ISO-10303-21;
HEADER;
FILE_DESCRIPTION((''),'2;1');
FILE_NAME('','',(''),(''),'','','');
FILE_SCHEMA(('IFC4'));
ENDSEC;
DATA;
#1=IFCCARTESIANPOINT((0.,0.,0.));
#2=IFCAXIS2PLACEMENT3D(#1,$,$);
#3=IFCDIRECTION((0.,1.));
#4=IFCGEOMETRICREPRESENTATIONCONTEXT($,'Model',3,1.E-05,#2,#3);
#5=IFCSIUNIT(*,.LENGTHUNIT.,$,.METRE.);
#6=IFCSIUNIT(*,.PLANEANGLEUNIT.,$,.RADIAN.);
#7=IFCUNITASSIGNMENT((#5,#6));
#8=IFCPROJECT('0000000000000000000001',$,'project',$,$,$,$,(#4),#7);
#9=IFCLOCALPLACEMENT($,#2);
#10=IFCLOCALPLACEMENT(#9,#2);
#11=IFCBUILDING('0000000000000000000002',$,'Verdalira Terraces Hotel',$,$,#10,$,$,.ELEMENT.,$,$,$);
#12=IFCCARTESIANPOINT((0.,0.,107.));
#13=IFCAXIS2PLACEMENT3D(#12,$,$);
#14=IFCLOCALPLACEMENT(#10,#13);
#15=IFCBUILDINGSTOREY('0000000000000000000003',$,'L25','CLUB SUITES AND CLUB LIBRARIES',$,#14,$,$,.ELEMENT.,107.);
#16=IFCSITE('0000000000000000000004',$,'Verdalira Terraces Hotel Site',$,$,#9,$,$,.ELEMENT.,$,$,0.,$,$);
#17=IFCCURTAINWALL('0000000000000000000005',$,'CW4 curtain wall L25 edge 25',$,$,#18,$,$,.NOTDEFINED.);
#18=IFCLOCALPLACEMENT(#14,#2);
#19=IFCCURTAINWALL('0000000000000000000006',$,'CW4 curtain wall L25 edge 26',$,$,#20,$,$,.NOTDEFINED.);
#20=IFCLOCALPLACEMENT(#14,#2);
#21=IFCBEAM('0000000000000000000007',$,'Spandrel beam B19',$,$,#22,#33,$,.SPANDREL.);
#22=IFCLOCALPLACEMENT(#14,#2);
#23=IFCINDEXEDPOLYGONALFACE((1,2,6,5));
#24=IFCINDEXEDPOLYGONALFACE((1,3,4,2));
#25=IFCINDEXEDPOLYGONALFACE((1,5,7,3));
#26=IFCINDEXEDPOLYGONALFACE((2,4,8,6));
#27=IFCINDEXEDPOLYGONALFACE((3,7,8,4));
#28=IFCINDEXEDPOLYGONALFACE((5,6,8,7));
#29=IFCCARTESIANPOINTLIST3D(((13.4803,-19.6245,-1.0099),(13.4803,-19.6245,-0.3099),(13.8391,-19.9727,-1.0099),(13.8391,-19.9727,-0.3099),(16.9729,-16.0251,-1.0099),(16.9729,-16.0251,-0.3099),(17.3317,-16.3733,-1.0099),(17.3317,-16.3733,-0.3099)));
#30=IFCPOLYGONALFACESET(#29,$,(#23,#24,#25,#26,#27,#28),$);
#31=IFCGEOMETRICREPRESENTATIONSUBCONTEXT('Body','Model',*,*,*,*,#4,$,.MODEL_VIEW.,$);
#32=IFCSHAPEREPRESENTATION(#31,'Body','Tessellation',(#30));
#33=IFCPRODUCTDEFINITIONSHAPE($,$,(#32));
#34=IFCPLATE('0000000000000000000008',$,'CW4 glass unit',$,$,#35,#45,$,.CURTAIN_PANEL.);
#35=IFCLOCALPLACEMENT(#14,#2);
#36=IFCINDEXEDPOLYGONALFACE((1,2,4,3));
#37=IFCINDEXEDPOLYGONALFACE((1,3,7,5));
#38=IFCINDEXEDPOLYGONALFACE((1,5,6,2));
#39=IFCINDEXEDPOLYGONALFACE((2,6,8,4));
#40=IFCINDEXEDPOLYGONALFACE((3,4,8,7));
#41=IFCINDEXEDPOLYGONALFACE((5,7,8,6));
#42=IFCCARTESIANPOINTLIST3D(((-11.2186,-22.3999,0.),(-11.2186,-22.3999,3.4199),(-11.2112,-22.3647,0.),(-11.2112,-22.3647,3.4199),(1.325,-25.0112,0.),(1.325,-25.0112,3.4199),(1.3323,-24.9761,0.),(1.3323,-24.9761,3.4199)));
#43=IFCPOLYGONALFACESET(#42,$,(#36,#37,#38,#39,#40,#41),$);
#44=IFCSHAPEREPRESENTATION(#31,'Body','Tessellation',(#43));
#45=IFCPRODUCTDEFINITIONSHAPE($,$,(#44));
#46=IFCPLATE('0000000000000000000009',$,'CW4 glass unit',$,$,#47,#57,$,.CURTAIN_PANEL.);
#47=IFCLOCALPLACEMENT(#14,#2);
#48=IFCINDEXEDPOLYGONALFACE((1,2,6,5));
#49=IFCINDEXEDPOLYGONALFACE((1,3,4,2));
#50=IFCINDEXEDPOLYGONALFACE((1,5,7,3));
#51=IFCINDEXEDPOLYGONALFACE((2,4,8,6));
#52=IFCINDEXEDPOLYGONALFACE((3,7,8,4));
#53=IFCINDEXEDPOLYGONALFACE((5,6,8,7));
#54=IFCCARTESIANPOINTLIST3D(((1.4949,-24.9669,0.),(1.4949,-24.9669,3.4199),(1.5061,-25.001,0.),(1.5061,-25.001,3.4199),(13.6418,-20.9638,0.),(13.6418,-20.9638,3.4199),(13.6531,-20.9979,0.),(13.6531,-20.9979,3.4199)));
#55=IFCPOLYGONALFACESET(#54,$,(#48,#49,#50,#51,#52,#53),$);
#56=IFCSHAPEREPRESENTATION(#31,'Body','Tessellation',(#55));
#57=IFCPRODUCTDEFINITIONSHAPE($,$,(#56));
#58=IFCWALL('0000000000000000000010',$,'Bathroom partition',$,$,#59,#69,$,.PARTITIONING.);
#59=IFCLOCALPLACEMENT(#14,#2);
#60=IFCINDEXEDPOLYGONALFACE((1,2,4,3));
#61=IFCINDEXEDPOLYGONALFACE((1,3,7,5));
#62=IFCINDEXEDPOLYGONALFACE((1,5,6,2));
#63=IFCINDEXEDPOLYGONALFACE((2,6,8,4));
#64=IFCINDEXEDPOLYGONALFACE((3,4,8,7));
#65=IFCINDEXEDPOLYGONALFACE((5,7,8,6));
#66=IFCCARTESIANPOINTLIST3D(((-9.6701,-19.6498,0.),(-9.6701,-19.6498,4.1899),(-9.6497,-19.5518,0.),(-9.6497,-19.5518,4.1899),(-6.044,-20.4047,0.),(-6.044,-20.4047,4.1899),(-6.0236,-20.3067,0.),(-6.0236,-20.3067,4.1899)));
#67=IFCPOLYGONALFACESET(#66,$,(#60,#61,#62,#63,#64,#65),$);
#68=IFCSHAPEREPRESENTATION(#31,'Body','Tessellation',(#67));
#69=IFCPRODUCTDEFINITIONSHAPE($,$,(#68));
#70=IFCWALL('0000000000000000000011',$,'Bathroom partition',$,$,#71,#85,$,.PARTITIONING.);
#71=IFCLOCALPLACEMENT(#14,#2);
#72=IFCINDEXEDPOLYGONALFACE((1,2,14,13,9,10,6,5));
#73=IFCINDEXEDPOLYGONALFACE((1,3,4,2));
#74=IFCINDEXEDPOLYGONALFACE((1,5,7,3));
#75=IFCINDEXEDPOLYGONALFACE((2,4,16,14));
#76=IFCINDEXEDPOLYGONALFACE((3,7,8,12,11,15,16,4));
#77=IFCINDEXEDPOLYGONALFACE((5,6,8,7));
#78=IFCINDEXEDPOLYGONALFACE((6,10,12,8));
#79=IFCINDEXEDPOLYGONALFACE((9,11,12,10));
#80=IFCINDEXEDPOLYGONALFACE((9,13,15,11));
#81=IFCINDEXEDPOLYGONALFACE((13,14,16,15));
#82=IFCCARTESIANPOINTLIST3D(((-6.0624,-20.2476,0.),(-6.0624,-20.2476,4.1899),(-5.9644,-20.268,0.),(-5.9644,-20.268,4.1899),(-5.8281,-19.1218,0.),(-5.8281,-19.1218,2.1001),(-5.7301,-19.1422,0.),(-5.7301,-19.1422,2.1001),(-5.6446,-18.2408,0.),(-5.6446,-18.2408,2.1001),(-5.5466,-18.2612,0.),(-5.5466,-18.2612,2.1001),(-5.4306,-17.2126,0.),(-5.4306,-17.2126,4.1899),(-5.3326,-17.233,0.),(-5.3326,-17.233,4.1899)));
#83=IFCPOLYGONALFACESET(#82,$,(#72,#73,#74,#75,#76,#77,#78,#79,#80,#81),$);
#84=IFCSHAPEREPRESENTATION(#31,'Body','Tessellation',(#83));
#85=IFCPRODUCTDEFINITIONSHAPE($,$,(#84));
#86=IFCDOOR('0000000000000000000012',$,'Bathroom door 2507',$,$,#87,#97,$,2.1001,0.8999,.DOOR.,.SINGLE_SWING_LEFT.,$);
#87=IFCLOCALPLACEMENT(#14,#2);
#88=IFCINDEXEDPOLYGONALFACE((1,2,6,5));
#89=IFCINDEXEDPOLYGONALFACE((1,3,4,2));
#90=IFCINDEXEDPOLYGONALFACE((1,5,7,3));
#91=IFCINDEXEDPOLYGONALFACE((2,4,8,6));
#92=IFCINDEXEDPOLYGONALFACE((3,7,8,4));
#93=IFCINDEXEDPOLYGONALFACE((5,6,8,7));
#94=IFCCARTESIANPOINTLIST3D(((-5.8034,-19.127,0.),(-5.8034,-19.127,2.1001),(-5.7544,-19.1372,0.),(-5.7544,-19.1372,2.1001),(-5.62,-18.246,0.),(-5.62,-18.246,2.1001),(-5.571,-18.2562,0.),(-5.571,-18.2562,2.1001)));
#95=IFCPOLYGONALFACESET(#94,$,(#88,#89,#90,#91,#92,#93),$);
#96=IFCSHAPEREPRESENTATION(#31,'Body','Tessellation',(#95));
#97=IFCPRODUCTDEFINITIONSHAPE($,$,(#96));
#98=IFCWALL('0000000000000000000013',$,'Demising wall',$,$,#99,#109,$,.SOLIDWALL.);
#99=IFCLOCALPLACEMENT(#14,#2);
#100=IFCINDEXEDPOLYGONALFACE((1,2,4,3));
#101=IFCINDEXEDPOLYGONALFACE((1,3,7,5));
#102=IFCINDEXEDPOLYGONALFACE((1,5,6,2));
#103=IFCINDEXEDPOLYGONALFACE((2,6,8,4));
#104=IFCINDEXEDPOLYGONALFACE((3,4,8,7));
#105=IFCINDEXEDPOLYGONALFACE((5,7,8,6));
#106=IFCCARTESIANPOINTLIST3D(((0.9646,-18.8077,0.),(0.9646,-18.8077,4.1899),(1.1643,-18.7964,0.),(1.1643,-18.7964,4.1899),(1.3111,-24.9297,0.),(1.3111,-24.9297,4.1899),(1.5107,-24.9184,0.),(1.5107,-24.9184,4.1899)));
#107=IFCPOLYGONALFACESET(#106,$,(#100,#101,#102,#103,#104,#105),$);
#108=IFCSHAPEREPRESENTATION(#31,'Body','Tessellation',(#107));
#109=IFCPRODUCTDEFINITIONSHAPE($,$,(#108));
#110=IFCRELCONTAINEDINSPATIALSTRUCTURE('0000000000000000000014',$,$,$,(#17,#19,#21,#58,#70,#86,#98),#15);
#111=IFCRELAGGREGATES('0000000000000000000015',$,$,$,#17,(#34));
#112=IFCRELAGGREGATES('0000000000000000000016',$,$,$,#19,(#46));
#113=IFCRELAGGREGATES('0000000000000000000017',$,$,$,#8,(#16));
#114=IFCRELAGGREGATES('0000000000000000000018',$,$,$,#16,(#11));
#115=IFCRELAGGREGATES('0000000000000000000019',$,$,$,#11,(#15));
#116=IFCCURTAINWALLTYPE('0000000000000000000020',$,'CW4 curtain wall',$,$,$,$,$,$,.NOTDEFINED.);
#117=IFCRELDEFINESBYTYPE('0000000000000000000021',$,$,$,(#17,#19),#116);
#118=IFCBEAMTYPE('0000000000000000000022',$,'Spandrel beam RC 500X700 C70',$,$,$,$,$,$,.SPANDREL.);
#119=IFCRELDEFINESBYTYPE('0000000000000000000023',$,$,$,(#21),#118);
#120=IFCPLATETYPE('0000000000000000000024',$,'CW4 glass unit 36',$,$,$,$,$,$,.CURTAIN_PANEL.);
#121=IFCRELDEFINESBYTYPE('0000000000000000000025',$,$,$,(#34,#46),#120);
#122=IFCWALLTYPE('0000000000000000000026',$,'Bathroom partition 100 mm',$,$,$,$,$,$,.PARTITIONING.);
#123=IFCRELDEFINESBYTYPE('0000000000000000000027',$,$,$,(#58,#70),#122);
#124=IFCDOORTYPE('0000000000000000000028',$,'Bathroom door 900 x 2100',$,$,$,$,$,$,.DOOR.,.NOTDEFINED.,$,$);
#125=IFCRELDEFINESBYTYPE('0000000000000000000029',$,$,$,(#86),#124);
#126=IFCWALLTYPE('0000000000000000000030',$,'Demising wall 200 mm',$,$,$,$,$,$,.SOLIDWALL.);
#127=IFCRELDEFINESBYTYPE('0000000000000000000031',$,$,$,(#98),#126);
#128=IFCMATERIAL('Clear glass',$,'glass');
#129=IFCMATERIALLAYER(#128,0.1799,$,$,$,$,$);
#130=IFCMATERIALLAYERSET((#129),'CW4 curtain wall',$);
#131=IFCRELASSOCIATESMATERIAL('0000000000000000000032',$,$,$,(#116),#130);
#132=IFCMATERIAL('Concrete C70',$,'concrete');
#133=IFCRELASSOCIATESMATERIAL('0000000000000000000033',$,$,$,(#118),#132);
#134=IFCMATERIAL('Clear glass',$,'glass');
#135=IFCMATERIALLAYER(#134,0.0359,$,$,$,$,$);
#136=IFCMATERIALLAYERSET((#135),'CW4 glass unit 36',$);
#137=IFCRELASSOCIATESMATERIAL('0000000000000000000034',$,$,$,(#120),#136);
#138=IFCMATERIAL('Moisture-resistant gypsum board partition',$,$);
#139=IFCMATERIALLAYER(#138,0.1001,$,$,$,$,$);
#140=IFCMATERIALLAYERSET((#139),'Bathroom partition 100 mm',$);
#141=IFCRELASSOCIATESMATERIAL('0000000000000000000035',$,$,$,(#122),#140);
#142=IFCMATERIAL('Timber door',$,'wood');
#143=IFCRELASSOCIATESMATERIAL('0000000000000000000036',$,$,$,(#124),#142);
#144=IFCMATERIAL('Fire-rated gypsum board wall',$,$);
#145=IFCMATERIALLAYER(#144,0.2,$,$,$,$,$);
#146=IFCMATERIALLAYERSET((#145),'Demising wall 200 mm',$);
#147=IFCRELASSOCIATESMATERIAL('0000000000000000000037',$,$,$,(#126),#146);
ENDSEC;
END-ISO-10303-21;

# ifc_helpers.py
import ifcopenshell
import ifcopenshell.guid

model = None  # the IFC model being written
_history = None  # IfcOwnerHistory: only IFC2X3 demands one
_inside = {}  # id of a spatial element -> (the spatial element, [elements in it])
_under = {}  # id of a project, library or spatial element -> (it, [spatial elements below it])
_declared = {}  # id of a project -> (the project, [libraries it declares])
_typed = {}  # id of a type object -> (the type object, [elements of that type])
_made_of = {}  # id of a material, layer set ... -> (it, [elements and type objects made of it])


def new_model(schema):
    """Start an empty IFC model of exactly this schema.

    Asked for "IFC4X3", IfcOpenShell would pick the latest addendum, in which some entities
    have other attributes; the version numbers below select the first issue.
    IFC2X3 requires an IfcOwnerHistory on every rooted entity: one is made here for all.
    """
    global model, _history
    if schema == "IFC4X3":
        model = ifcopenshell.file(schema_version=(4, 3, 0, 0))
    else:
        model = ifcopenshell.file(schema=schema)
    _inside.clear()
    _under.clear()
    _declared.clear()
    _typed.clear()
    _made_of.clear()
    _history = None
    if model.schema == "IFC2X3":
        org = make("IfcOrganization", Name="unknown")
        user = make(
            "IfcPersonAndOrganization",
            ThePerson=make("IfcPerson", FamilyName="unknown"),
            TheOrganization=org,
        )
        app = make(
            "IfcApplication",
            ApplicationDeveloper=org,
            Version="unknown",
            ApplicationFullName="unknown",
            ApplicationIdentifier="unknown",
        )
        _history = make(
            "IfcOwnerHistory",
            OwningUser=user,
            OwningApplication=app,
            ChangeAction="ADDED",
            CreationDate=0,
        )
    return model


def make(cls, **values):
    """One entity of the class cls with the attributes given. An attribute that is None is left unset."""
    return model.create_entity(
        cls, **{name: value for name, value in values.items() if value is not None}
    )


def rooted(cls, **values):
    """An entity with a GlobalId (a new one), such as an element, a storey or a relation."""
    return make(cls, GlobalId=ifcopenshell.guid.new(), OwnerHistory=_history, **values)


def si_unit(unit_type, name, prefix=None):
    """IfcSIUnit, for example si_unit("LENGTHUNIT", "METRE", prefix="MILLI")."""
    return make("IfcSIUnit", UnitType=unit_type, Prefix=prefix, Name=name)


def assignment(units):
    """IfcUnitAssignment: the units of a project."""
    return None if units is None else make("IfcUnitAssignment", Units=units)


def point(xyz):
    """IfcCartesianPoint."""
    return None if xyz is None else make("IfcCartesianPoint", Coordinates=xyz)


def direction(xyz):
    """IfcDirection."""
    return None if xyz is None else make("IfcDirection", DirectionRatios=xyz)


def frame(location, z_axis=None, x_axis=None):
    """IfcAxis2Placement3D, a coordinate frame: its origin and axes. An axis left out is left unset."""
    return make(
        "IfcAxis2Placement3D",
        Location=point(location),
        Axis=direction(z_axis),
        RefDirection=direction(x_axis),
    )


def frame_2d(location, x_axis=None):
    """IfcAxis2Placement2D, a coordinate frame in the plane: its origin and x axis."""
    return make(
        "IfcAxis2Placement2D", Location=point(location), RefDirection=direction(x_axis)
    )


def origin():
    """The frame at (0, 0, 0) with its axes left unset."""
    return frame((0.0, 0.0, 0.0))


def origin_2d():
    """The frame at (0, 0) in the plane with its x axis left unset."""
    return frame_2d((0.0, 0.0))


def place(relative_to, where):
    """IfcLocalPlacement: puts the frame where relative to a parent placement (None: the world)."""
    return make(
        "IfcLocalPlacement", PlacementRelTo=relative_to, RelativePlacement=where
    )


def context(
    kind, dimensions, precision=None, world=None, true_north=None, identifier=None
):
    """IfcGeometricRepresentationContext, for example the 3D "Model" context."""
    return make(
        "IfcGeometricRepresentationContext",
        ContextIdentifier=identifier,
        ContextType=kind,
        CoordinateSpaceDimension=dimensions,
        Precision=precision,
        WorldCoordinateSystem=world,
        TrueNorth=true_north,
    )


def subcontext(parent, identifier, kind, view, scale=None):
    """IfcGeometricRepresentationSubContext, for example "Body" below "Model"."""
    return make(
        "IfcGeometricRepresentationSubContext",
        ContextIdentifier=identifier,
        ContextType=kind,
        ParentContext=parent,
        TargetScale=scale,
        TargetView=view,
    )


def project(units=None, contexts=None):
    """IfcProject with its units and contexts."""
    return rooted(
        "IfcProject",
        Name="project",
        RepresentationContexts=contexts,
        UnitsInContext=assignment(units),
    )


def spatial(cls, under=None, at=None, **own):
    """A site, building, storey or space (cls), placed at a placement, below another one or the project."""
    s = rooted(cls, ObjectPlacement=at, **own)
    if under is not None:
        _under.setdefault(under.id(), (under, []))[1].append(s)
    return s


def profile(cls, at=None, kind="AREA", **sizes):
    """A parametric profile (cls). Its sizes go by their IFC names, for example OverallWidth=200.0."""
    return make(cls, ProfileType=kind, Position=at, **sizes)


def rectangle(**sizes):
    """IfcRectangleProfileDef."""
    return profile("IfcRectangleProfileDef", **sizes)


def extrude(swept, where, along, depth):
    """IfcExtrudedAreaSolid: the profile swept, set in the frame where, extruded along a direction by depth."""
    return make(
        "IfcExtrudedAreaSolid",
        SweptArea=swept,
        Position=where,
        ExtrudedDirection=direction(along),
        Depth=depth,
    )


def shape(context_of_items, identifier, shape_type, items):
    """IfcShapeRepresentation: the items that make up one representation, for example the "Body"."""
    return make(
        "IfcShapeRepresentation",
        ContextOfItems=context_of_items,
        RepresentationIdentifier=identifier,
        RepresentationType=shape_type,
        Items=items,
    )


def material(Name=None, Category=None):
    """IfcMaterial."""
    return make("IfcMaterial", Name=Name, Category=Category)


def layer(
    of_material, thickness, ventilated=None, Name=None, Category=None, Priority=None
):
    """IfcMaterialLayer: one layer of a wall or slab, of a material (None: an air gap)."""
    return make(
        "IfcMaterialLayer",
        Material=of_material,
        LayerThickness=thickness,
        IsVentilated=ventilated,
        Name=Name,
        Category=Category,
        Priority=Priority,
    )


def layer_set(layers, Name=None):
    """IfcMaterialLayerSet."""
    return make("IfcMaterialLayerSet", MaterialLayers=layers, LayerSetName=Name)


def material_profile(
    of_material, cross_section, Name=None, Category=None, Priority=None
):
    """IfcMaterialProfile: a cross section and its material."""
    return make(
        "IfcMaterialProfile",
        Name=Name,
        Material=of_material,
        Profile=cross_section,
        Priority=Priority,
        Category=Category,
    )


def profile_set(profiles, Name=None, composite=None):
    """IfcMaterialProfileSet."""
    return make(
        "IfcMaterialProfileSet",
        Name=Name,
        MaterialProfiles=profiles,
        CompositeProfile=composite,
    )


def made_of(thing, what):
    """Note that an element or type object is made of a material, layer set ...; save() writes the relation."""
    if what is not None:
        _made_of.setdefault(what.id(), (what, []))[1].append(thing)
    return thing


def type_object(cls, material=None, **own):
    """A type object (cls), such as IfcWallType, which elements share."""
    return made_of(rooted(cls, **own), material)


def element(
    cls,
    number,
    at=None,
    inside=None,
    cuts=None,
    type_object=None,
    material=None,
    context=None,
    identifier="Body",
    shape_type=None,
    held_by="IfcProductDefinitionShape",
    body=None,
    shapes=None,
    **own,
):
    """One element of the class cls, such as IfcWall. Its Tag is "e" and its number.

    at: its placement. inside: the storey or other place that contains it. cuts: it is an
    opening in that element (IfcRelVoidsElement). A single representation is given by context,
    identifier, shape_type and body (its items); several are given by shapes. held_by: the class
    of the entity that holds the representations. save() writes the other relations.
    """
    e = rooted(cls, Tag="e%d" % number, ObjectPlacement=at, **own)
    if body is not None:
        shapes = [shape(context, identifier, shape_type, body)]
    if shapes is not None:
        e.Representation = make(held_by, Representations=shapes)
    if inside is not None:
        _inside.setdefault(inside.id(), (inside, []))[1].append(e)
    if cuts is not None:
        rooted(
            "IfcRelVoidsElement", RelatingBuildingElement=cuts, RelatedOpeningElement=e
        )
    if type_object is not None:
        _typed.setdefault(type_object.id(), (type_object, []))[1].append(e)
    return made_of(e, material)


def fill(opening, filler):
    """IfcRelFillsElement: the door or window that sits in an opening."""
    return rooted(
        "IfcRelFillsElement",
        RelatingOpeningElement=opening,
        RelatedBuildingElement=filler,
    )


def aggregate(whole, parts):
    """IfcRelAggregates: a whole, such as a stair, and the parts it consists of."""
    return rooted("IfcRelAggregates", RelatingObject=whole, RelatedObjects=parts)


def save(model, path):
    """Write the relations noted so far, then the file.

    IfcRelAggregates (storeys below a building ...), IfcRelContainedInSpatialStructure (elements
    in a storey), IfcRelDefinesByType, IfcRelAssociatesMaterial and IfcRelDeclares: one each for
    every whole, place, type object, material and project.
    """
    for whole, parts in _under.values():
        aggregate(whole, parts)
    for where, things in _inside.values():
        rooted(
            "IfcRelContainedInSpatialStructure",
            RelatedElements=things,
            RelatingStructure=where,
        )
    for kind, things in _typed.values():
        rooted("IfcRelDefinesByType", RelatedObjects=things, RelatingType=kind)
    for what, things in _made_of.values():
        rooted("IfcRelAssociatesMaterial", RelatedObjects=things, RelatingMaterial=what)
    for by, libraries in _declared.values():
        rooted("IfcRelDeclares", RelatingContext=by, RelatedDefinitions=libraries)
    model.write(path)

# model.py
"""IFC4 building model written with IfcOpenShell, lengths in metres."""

from ifc_helpers import new_model, si_unit, direction, frame, frame_2d, origin, origin_2d, place, context, subcontext, project, spatial, rectangle, extrude, material, layer, layer_set, material_profile, profile_set, type_object, element, fill, aggregate, save


model = new_model("IFC4")

# Units and contexts
model_context = context("Model", 3, precision=1e-05, world=origin(), true_north=direction((0.0, 1.0)))
body_context = subcontext(model_context, "Body", "Model", "MODEL_VIEW")
ifc_project = project(units=[si_unit("LENGTHUNIT", "METRE"), si_unit("PLANEANGLEUNIT", "RADIAN")], contexts=[model_context])

# Site, building, storey
site_placement = place(None, origin())
site = spatial("IfcSite", under=ifc_project, at=site_placement, Name="Verdalira Terraces Hotel Site", CompositionType="ELEMENT", RefElevation=0.0)
building_placement = place(site_placement, origin())
building = spatial("IfcBuilding", under=site, at=building_placement, Name="Verdalira Terraces Hotel", CompositionType="ELEMENT")
storey_placement = place(building_placement, frame((0.0, 0.0, 107.0)))
storey = spatial("IfcBuildingStorey", under=building, at=storey_placement, Name="L25", Description="CLUB SUITES AND CLUB LIBRARIES", CompositionType="ELEMENT", Elevation=107.0)

# Curtain wall
ifc_material_1 = material(Name="Clear glass", Category="glass")
ifc_layer_1 = layer(ifc_material_1, 0.1799)
ifc_layer_set_1 = layer_set([ifc_layer_1], Name="CW4 curtain wall")
curtain_wall_type = type_object("IfcCurtainWallType", Name="CW4 curtain wall", PredefinedType="NOTDEFINED", material=ifc_layer_set_1)
curtain_wall_1_placement = place(storey_placement, origin())
curtain_wall_1 = element("IfcCurtainWall", 1, at=curtain_wall_1_placement, inside=storey, type_object=curtain_wall_type, Name="CW4 curtain wall L25 edge 25", PredefinedType="NOTDEFINED")

# Curtain wall
curtain_wall_2_placement = place(storey_placement, origin())
curtain_wall_2 = element("IfcCurtainWall", 2, at=curtain_wall_2_placement, inside=storey, type_object=curtain_wall_type, Name="CW4 curtain wall L25 edge 26", PredefinedType="NOTDEFINED")

# Beam
ifc_material_2 = material(Name="Concrete C70", Category="concrete")
ifc_material_profile_1 = material_profile(ifc_material_2, rectangle(XDim=0.5, YDim=0.7, at=origin_2d()), Name="RC 500X700")
ifc_profile_set_1 = profile_set([ifc_material_profile_1], Name="Concrete C70")
beam_type = type_object("IfcBeamType", Name="Spandrel beam RC 500X700 C70", PredefinedType="SPANDREL", material=ifc_profile_set_1)
beam_1_placement = place(storey_placement, frame((13.6597, -19.7986, -0.6599), z_axis=(0.696391, 0.717663, 0.0), x_axis=(-0.717663, 0.696391, 0.0)))
element("IfcBeam", 3, at=beam_1_placement, inside=storey, type_object=beam_type, Name="Spandrel beam B19", PredefinedType="SPANDREL", context=body_context, shape_type="SweptSolid", body=[
    extrude(rectangle(XDim=0.5, YDim=0.7, at=origin_2d()), origin(), (0.0, 0.0, 1.0), 5.0154),
])

# Plates
ifc_material_3 = material(Name="Clear glass", Category="glass")
ifc_layer_2 = layer(ifc_material_3, 0.0359)
ifc_layer_set_2 = layer_set([ifc_layer_2], Name="CW4 glass unit 36")
plate_type = type_object("IfcPlateType", Name="CW4 glass unit 36", PredefinedType="CURTAIN_PANEL", material=ifc_layer_set_2)
plate_1_placement = place(storey_placement, frame((-4.9431, -23.688, 0.0), z_axis=(0.0, 0.0, 1.0), x_axis=(0.97901, -0.203813, 0.0)))
plate_1 = element("IfcPlate", 4, at=plate_1_placement, type_object=plate_type, Name="CW4 glass unit", PredefinedType="CURTAIN_PANEL", context=body_context, shape_type="SweptSolid", body=[
    extrude(rectangle(XDim=12.8125, YDim=0.0359, at=origin_2d()), origin(), (0.0, 0.0, 1.0), 3.4199),
])
aggregate(curtain_wall_1, [plate_1])
plate_2_placement = place(storey_placement, frame((7.574, -22.9824, 0.0), z_axis=(0.0, 0.0, 1.0), x_axis=(0.949754, 0.312998, 0.0)))
plate_2 = element("IfcPlate", 5, at=plate_2_placement, type_object=plate_type, Name="CW4 glass unit", PredefinedType="CURTAIN_PANEL", context=body_context, shape_type="SweptSolid", body=[
    extrude(rectangle(XDim=12.7896, YDim=0.0359, at=origin_2d()), origin(), (0.0, 0.0, 1.0), 3.4199),
])
aggregate(curtain_wall_2, [plate_2])

# Wall
ifc_material_4 = material(Name="Moisture-resistant gypsum board partition")
ifc_layer_3 = layer(ifc_material_4, 0.1001)
ifc_layer_set_3 = layer_set([ifc_layer_3], Name="Bathroom partition 100 mm")
wall_type_1 = type_object("IfcWallType", Name="Bathroom partition 100 mm", PredefinedType="PARTITIONING", material=ifc_layer_set_3)
wall_1_placement = place(storey_placement, frame((-6.0337, -20.3557, 0.0), z_axis=(0.0, 0.0, 1.0), x_axis=(-0.979012, 0.203804, 0.0)))
element("IfcWall", 6, at=wall_1_placement, inside=storey, type_object=wall_type_1, Name="Bathroom partition", PredefinedType="PARTITIONING", context=body_context, shape_type="SweptSolid", body=[
    extrude(rectangle(XDim=3.7039, YDim=0.1001, at=frame_2d((1.8521, 0.0))), origin(), (0.0, 0.0, 1.0), 4.1899),
])

# Wall, opening, door
wall_2_placement = place(storey_placement, frame((-6.0134, -20.2578, 0.0), z_axis=(0.0, 0.0, 1.0), x_axis=(0.203819, 0.979009, 0.0)))
wall_2 = element("IfcWall", 7, at=wall_2_placement, inside=storey, type_object=wall_type_1, Name="Bathroom partition", PredefinedType="PARTITIONING", context=body_context, shape_type="SweptSolid", body=[
    extrude(rectangle(XDim=3.1001, YDim=0.1001, at=frame_2d((1.55, 0.0))), origin(), (0.0, 0.0, 1.0), 4.1899),
])
opening_placement = place(wall_2_placement, frame((1.1499, 0.0, 0.0)))
opening = element("IfcOpeningElement", 8, at=opening_placement, cuts=wall_2, PredefinedType="OPENING", context=body_context, shape_type="SweptSolid", body=[
    extrude(rectangle(XDim=0.8999, YDim=2.1001, at=frame_2d((0.45, 1.05))), frame((0.0, 0.0601, 0.0), z_axis=(0.0, -1.0, 0.0), x_axis=(1.0, 0.0, 0.0)), (0.0, 0.0, 1.0), 0.1201),
])
ifc_material_5 = material(Name="Timber door", Category="wood")
door_type = type_object("IfcDoorType", Name="Bathroom door 900 x 2100", OperationType="NOTDEFINED", PredefinedType="DOOR", material=ifc_material_5)
door_placement = place(opening_placement, origin())
door = element("IfcDoor", 9, at=door_placement, inside=storey, type_object=door_type, Name="Bathroom door 2507", OperationType="SINGLE_SWING_LEFT", OverallHeight=2.1001, OverallWidth=0.8999, PredefinedType="DOOR", context=body_context, shape_type="SweptSolid", body=[
    extrude(rectangle(XDim=0.8999, YDim=2.1001, at=frame_2d((0.45, 1.05))), frame((0.0, 0.0249, 0.0), z_axis=(0.0, -1.0, 0.0), x_axis=(1.0, 0.0, 0.0)), (0.0, 0.0, 1.0), 0.05),
])
fill(opening, door)

# Wall
ifc_material_6 = material(Name="Fire-rated gypsum board wall")
ifc_layer_4 = layer(ifc_material_6, 0.2)
ifc_layer_set_4 = layer_set([ifc_layer_4], Name="Demising wall 200 mm")
wall_type_2 = type_object("IfcWallType", Name="Demising wall 200 mm", PredefinedType="SOLIDWALL", material=ifc_layer_set_4)
wall_3_placement = place(storey_placement, frame((1.4109, -24.9241, 0.0), z_axis=(0.0, 0.0, 1.0), x_axis=(-0.056498, 0.998403, 0.0)))
element("IfcWall", 10, at=wall_3_placement, inside=storey, type_object=wall_type_2, Name="Demising wall", PredefinedType="SOLIDWALL", context=body_context, shape_type="SweptSolid", body=[
    extrude(rectangle(XDim=6.1318, YDim=0.2, at=frame_2d((3.0659, 0.0))), origin(), (0.0, 0.0, 1.0), 4.1899),
])

save(model, "model.ifc")
